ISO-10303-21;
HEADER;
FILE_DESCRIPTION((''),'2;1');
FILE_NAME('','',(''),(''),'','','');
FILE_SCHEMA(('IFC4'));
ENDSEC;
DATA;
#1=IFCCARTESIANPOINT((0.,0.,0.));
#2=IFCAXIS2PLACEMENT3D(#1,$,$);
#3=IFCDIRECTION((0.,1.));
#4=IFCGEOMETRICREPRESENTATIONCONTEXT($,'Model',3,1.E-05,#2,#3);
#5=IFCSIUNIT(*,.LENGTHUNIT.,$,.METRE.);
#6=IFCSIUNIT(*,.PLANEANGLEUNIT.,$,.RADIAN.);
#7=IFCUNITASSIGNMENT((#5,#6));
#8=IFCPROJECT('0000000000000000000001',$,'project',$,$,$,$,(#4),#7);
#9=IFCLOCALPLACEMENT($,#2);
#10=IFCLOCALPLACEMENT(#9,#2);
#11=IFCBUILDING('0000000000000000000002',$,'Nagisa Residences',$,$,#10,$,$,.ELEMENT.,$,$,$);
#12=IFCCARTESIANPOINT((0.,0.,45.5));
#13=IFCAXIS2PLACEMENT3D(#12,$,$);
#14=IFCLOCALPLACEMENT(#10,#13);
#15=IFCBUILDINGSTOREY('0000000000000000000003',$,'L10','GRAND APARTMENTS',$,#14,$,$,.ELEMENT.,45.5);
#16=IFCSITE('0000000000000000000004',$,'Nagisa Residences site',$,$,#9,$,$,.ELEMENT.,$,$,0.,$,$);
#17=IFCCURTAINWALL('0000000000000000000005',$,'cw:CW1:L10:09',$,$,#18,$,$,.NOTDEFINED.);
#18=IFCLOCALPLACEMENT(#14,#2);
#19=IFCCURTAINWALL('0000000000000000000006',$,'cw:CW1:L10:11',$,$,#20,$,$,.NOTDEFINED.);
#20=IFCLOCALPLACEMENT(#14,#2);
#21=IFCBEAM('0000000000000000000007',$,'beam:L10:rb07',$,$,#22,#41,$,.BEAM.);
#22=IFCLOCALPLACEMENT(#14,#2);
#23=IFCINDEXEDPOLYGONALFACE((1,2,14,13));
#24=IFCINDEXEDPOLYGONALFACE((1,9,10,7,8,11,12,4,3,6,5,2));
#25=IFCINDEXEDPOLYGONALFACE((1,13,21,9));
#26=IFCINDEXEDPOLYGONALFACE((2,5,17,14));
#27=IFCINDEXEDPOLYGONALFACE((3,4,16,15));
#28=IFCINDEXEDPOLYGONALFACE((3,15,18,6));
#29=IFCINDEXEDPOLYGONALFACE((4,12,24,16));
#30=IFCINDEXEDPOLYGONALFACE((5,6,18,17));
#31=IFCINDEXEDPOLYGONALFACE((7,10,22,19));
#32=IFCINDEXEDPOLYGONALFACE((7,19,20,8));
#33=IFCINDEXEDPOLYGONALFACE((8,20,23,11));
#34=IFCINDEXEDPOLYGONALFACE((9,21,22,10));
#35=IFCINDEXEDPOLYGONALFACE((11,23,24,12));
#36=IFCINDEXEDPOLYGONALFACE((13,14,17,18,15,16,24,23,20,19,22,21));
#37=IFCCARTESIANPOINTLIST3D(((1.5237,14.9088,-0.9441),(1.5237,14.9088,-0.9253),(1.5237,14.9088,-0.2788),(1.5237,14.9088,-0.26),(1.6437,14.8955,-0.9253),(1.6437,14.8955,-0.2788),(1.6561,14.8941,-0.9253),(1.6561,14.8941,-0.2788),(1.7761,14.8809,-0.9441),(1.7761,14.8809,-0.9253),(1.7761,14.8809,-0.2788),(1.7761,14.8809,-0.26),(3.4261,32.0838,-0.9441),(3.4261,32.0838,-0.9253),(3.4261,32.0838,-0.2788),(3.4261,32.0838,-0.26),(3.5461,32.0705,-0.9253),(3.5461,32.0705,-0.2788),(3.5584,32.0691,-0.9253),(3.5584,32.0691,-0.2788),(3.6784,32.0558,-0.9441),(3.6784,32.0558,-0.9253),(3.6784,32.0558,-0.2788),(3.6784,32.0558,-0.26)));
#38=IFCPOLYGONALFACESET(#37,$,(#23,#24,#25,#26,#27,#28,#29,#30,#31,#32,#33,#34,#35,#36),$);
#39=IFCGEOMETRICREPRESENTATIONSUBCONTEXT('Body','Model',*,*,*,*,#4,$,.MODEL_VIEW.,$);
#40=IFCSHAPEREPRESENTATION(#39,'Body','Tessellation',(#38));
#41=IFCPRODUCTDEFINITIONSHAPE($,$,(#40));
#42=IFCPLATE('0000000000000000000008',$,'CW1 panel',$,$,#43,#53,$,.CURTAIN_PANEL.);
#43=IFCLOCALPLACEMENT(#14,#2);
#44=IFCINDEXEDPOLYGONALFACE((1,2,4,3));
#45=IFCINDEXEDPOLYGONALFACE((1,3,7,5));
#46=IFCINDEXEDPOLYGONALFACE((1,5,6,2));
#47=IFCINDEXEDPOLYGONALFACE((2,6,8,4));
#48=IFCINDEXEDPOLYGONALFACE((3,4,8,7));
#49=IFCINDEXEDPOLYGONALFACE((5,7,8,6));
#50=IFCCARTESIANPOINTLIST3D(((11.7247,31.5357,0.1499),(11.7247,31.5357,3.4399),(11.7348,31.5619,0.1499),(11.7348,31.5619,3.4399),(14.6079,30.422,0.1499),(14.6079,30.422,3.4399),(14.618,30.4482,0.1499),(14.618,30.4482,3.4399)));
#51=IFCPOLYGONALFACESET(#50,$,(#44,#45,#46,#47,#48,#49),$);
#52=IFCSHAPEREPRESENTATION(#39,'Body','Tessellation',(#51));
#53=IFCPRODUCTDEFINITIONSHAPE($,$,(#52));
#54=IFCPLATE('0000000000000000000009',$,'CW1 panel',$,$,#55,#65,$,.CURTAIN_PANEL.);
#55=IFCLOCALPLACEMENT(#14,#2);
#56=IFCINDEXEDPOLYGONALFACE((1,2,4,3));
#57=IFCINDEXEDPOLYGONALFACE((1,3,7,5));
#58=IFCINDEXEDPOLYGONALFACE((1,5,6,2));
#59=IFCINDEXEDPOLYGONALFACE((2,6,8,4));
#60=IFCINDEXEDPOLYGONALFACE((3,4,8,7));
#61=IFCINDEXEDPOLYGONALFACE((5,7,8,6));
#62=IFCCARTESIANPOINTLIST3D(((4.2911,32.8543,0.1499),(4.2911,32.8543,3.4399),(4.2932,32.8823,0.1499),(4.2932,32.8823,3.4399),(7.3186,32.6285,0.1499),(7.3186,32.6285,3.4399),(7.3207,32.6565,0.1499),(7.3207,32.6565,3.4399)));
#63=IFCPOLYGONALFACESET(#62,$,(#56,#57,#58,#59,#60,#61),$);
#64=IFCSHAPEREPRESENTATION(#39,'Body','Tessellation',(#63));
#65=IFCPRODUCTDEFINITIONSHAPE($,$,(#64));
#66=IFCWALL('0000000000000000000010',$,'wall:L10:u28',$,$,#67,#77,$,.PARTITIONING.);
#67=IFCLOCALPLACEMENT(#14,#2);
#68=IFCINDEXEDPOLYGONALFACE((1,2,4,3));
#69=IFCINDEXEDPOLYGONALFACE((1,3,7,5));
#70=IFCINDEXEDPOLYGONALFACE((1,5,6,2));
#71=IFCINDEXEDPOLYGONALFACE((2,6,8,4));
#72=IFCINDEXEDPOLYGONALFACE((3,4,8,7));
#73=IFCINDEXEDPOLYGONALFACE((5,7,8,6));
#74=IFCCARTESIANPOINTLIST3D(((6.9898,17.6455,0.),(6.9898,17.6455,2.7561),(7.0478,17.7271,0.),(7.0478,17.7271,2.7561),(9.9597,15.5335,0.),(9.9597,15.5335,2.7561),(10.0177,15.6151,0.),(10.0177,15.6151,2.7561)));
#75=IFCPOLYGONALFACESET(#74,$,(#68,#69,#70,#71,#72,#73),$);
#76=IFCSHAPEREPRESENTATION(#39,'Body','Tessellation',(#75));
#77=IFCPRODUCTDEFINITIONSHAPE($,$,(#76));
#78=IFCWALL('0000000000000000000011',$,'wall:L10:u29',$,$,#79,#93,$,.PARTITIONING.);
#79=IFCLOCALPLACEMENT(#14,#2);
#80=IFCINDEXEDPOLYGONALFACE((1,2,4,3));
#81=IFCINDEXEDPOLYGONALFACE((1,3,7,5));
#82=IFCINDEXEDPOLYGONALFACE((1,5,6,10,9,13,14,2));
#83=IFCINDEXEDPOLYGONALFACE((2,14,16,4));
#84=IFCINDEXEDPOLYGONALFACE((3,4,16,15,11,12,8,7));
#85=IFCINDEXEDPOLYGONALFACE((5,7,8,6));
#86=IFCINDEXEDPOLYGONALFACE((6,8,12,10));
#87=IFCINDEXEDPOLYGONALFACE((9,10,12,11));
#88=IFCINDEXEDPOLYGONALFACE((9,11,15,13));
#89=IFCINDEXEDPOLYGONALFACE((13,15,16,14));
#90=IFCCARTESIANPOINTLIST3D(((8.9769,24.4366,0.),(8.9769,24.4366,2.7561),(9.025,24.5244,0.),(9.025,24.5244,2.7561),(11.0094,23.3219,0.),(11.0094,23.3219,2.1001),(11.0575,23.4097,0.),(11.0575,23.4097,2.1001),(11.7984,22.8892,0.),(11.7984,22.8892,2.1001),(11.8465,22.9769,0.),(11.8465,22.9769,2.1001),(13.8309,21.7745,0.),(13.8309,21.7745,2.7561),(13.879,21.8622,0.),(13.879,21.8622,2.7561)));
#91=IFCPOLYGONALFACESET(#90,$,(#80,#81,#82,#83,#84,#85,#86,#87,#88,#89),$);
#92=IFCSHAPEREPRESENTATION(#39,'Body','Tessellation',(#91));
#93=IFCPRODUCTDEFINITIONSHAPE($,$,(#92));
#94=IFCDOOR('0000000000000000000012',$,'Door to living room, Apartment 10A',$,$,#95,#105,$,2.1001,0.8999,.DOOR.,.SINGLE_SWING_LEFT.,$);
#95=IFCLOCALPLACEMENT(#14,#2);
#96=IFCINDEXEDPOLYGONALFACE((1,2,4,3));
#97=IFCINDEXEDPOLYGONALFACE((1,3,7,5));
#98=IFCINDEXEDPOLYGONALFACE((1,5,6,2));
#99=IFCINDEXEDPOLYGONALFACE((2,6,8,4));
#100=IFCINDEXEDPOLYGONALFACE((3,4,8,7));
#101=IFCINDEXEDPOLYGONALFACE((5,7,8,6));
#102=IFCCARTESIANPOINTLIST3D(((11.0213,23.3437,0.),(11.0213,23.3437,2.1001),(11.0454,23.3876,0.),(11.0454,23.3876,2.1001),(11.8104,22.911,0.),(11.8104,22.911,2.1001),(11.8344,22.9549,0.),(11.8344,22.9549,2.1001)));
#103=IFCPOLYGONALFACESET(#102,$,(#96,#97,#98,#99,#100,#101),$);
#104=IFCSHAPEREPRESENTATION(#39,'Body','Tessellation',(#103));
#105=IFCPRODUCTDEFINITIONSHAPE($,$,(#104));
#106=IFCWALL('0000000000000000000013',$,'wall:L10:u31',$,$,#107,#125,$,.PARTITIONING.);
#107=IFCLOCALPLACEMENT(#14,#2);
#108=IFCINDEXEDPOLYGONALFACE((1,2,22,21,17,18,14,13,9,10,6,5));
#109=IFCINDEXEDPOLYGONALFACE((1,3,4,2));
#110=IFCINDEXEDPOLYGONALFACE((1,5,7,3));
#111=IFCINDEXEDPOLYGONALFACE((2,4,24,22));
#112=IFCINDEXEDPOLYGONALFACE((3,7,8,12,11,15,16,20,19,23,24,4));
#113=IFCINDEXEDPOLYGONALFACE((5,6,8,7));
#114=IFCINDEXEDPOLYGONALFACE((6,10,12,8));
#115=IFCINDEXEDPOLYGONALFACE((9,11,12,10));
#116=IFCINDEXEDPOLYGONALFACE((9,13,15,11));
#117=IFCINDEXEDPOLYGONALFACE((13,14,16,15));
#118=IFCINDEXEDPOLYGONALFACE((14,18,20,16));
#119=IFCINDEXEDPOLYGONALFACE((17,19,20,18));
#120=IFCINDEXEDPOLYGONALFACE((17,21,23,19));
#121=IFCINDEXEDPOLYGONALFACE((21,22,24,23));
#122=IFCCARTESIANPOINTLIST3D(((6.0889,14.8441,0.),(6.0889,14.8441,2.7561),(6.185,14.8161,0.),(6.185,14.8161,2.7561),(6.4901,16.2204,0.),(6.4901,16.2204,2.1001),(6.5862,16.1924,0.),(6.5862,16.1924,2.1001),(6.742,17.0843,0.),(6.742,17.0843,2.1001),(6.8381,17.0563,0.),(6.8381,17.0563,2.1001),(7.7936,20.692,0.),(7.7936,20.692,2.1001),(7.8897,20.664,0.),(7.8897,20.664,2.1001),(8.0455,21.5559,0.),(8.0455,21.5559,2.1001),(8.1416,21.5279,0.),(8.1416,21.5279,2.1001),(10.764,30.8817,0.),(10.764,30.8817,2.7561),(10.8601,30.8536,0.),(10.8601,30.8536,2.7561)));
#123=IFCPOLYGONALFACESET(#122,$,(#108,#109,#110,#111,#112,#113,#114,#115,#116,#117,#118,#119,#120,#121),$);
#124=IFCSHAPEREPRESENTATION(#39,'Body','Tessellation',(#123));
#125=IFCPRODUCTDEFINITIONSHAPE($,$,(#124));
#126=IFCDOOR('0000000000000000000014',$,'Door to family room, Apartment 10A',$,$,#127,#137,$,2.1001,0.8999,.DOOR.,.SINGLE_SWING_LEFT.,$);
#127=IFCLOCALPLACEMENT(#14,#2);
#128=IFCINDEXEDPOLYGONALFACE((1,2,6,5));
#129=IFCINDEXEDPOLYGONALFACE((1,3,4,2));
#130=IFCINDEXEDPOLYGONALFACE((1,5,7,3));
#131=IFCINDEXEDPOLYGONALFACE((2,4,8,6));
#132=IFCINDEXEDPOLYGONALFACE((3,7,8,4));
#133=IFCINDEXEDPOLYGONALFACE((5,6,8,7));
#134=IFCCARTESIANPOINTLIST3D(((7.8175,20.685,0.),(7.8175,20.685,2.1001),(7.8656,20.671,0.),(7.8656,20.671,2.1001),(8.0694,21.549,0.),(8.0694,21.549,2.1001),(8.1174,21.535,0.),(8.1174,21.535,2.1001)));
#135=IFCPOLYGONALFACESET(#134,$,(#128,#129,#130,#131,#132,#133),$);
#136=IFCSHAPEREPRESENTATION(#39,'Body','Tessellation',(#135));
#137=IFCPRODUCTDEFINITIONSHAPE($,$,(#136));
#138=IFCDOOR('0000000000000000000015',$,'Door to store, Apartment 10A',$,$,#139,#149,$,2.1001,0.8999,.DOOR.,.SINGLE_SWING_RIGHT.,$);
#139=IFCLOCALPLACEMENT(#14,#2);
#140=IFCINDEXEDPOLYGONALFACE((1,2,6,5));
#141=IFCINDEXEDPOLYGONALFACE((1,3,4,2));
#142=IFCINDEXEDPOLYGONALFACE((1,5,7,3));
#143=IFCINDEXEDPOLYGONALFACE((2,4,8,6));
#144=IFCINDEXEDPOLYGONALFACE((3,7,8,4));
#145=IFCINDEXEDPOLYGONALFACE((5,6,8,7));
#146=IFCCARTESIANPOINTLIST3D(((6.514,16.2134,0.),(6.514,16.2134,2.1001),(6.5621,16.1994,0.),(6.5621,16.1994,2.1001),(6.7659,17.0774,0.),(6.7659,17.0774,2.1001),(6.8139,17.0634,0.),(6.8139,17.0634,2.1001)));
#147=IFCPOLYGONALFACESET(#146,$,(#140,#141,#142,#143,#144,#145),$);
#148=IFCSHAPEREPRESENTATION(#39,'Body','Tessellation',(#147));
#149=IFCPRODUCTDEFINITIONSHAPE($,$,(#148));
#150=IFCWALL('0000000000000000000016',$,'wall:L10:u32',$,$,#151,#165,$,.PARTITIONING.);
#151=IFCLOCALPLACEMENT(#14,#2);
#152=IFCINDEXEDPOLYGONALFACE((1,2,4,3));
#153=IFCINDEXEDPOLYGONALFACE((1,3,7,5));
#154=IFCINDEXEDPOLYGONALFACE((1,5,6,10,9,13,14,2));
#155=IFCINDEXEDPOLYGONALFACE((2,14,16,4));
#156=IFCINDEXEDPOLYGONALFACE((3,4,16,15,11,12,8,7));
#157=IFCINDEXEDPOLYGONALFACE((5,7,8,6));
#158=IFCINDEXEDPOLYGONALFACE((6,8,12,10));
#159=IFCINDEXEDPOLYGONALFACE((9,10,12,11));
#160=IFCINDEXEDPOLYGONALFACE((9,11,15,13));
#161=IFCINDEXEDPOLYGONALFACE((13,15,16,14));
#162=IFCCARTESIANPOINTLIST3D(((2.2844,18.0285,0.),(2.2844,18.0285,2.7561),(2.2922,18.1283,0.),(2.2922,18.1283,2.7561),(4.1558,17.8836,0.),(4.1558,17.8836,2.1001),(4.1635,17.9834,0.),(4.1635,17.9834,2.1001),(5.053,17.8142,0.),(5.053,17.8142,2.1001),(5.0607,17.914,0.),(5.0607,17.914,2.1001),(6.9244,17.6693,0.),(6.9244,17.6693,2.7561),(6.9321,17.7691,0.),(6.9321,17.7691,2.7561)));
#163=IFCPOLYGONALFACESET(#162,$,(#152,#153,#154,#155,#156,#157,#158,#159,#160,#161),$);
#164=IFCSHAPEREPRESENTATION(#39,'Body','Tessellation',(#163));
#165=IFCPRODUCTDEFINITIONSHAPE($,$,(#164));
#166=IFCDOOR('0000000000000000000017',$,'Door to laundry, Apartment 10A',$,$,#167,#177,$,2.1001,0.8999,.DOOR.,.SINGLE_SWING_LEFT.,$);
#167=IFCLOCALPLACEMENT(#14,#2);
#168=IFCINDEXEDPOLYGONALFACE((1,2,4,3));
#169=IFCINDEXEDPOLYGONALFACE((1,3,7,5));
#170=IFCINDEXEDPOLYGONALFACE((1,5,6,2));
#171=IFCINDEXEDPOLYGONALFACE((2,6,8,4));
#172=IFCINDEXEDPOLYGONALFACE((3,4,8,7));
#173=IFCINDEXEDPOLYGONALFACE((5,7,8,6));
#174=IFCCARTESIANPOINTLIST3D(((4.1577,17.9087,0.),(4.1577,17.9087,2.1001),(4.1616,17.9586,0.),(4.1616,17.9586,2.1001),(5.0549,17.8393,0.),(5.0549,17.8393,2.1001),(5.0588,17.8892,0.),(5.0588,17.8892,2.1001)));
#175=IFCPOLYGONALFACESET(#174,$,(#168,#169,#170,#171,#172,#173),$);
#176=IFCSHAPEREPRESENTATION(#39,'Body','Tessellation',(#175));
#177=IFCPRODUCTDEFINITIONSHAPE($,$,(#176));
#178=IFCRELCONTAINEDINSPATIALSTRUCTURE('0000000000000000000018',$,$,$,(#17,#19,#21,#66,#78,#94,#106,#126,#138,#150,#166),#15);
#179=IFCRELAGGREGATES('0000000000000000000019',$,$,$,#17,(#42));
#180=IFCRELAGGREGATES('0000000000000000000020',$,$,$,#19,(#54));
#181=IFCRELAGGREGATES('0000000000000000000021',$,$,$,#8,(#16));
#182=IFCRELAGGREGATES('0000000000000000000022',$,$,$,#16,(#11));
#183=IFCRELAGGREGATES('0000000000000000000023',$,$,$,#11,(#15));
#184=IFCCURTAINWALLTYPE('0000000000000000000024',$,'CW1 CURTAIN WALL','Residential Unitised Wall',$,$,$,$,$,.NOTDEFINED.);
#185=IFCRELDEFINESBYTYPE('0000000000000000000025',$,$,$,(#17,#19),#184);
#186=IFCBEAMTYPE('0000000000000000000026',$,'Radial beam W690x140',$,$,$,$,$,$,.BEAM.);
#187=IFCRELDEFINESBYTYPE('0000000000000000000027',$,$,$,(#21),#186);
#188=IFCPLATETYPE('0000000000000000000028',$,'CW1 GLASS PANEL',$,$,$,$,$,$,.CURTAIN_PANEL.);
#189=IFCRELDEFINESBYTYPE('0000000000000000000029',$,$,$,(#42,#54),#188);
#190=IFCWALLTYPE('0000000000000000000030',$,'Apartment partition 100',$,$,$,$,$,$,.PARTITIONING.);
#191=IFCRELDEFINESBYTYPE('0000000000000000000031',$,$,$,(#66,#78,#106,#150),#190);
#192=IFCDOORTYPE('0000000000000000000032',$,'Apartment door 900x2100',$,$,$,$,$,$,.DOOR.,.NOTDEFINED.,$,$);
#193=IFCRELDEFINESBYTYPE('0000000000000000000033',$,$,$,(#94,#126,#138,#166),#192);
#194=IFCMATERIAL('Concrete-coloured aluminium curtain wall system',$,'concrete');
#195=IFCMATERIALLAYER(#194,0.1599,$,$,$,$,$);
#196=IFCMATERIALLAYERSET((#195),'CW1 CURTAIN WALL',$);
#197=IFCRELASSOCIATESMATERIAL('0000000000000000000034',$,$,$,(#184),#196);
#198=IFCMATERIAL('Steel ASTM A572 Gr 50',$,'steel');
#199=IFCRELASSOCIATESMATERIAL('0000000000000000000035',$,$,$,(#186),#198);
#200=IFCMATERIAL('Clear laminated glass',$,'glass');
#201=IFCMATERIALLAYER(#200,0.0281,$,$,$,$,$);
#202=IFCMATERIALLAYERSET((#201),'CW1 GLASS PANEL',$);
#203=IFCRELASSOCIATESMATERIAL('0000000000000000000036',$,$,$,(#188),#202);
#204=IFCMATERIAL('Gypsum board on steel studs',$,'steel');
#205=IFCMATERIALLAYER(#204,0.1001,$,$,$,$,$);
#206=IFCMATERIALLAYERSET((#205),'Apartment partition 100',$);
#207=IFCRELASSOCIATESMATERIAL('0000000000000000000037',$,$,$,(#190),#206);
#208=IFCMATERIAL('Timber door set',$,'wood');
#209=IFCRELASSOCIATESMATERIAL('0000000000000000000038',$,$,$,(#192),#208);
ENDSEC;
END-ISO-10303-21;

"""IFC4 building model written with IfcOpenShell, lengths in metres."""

from ifc_helpers import new_model, si_unit, direction, frame, frame_2d, origin, origin_2d, place, context, subcontext, project, spatial, rectangle, i_section, extrude, material, layer, layer_set, material_profile, profile_set, type_object, element, fill, aggregate, save


model = new_model("IFC4")

# Units and contexts
model_context = context("Model", 3, precision=1e-05, world=origin(), true_north=direction((0.0, 1.0)))
body_context = subcontext(model_context, "Body", "Model", "MODEL_VIEW")
ifc_project = project(units=[si_unit("LENGTHUNIT", "METRE"), si_unit("PLANEANGLEUNIT", "RADIAN")], contexts=[model_context])

# Site, building, storey
site_placement = place(None, origin())
site = spatial("IfcSite", under=ifc_project, at=site_placement, Name="Nagisa Residences site", CompositionType="ELEMENT", RefElevation=0.0)
building_placement = place(site_placement, origin())
building = spatial("IfcBuilding", under=site, at=building_placement, Name="Nagisa Residences", CompositionType="ELEMENT")
storey_placement = place(building_placement, frame((0.0, 0.0, 45.5)))
storey = spatial("IfcBuildingStorey", under=building, at=storey_placement, Name="L10", Description="GRAND APARTMENTS", CompositionType="ELEMENT", Elevation=45.5)

# Curtain walls
ifc_material_1 = material(Name="Concrete-coloured aluminium curtain wall system", Category="concrete")
ifc_layer_1 = layer(ifc_material_1, 0.1599)
ifc_layer_set_1 = layer_set([ifc_layer_1], Name="CW1 CURTAIN WALL")
curtain_wall_type = type_object("IfcCurtainWallType", Name="CW1 CURTAIN WALL", Description="Residential Unitised Wall", PredefinedType="NOTDEFINED", material=ifc_layer_set_1)
curtain_wall_1_placement = place(storey_placement, origin())
curtain_wall_1 = element("IfcCurtainWall", 1, at=curtain_wall_1_placement, inside=storey, type_object=curtain_wall_type, Name="cw:CW1:L10:09", PredefinedType="NOTDEFINED")
curtain_wall_2_placement = place(storey_placement, origin())
curtain_wall_2 = element("IfcCurtainWall", 2, at=curtain_wall_2_placement, inside=storey, type_object=curtain_wall_type, Name="cw:CW1:L10:11", PredefinedType="NOTDEFINED")

# Beam
ifc_material_2 = material(Name="Steel ASTM A572 Gr 50", Category="steel")
ifc_material_profile_1 = material_profile(ifc_material_2, i_section(OverallWidth=0.2539, OverallDepth=0.6841, WebThickness=0.0125, FlangeThickness=0.0188, at=origin_2d()), Name="W690x140")
ifc_profile_set_1 = profile_set([ifc_material_profile_1], Name="Steel ASTM A572 Gr 50")
beam_type_1 = type_object("IfcBeamType", Name="Radial beam W690x140", PredefinedType="BEAM", material=ifc_profile_set_1)
beam_1_placement = place(storey_placement, frame((3.5522, 32.0698, -0.6021), z_axis=(-0.110089, -0.993922, 0.0), x_axis=(0.993922, -0.110089, 0.0)))
element("IfcBeam", 3, at=beam_1_placement, inside=storey, type_object=beam_type_1, Name="beam:L10:rb07", PredefinedType="BEAM", context=body_context, shape_type="SweptSolid", body=[
    extrude(i_section(OverallWidth=0.2539, OverallDepth=0.6841, WebThickness=0.0125, FlangeThickness=0.0188, at=origin_2d()), origin(), (0.0, 0.0, 1.0), 17.28),
])

# Plates
ifc_material_3 = material(Name="Clear laminated glass", Category="glass")
ifc_layer_2 = layer(ifc_material_3, 0.0281)
ifc_layer_set_2 = layer_set([ifc_layer_2], Name="CW1 GLASS PANEL")
plate_type = type_object("IfcPlateType", Name="CW1 GLASS PANEL", PredefinedType="CURTAIN_PANEL", material=ifc_layer_set_2)
plate_1_placement = place(storey_placement, frame((13.1714, 30.9919, 0.1499), z_axis=(0.0, 0.0, 1.0), x_axis=(-0.932826, 0.360328, 0.0)))
plate_1 = element("IfcPlate", 4, at=plate_1_placement, type_object=plate_type, Name="CW1 panel", PredefinedType="CURTAIN_PANEL", context=body_context, shape_type="SweptSolid", body=[
    extrude(rectangle(XDim=3.0908, YDim=0.0281, at=origin_2d()), origin(), (0.0, 0.0, 1.0), 3.29),
])
aggregate(curtain_wall_1, [plate_1])
plate_2_placement = place(storey_placement, frame((5.8059, 32.7554, 0.1499), z_axis=(0.0, 0.0, 1.0), x_axis=(-0.99723, 0.074377, 0.0)))
plate_2 = element("IfcPlate", 5, at=plate_2_placement, type_object=plate_type, Name="CW1 panel", PredefinedType="CURTAIN_PANEL", context=body_context, shape_type="SweptSolid", body=[
    extrude(rectangle(XDim=3.0359, YDim=0.0281, at=origin_2d()), origin(), (0.0, 0.0, 1.0), 3.29),
])
aggregate(curtain_wall_2, [plate_2])

# Wall
ifc_material_4 = material(Name="Gypsum board on steel studs", Category="steel")
ifc_layer_3 = layer(ifc_material_4, 0.1001)
ifc_layer_set_3 = layer_set([ifc_layer_3], Name="Apartment partition 100")
wall_type_1 = type_object("IfcWallType", Name="Apartment partition 100", PredefinedType="PARTITIONING", material=ifc_layer_set_3)
wall_1_placement = place(storey_placement, frame((9.9888, 15.5742, 0.0), z_axis=(0.0, 0.0, 1.0), x_axis=(-0.814945, 0.579539, 0.0)))
element("IfcWall", 6, at=wall_1_placement, inside=storey, type_object=wall_type_1, Name="wall:L10:u28", PredefinedType="PARTITIONING", context=body_context, shape_type="SweptSolid", body=[
    extrude(rectangle(XDim=3.6443, YDim=0.1001, at=frame_2d((1.8223, 0.0))), origin(), (0.0, 0.0, 1.0), 2.7561),
])

# Wall, opening, door
wall_2_placement = place(storey_placement, frame((13.855, 21.8184, 0.0), z_axis=(0.0, 0.0, 1.0), x_axis=(-0.876794, 0.480865, 0.0)))
wall_2 = element("IfcWall", 7, at=wall_2_placement, inside=storey, type_object=wall_type_1, Name="wall:L10:u29", PredefinedType="PARTITIONING", context=body_context, shape_type="SweptSolid", body=[
    extrude(rectangle(XDim=5.5361, YDim=0.1001, at=frame_2d((2.7681, 0.0))), origin(), (0.0, 0.0, 1.0), 2.7561),
])
opening_1_placement = place(wall_2_placement, frame((2.3181, 0.0, 0.0)))
opening_1 = element("IfcOpeningElement", 8, at=opening_1_placement, cuts=wall_2, PredefinedType="OPENING", context=body_context, shape_type="SweptSolid", body=[
    extrude(rectangle(XDim=0.8999, YDim=2.1001, at=frame_2d((0.45, 1.05))), frame((0.0, 0.0601, 0.0), z_axis=(0.0, -1.0, 0.0), x_axis=(1.0, 0.0, 0.0)), (0.0, 0.0, 1.0), 0.1201),
])
ifc_material_5 = material(Name="Timber door set", Category="wood")
door_type_1 = type_object("IfcDoorType", Name="Apartment door 900x2100", OperationType="NOTDEFINED", PredefinedType="DOOR", material=ifc_material_5)
door_1_placement = place(opening_1_placement, frame((0.8999, 0.0, 0.0), x_axis=(-1.0, 0.0, 0.0)))
door_1 = element("IfcDoor", 9, at=door_1_placement, inside=storey, type_object=door_type_1, Name="Door to living room, Apartment 10A", OperationType="SINGLE_SWING_LEFT", OverallHeight=2.1001, OverallWidth=0.8999, PredefinedType="DOOR", context=body_context, shape_type="SweptSolid", body=[
    extrude(rectangle(XDim=0.8999, YDim=2.1001, at=frame_2d((0.45, 1.05))), frame((0.0, 0.0249, 0.0), z_axis=(0.0, -1.0, 0.0), x_axis=(1.0, 0.0, 0.0)), (0.0, 0.0, 1.0), 0.05),
])
fill(opening_1, door_1)

# Wall, openings, doors
wall_3_placement = place(storey_placement, frame((6.137, 14.8301, 0.0), z_axis=(0.0, 0.0, 1.0), x_axis=(0.279857, 0.960042, 0.0)))
wall_3 = element("IfcWall", 10, at=wall_3_placement, inside=storey, type_object=wall_type_1, Name="wall:L10:u31", PredefinedType="PARTITIONING", context=body_context, shape_type="SweptSolid", body=[
    extrude(rectangle(XDim=16.7051, YDim=0.1001, at=frame_2d((8.3525, 0.0))), origin(), (0.0, 0.0, 1.0), 2.7561),
])
opening_2_placement = place(wall_3_placement, frame((6.0913, 0.0, 0.0)))
opening_2 = element("IfcOpeningElement", 11, at=opening_2_placement, cuts=wall_3, PredefinedType="OPENING", context=body_context, shape_type="SweptSolid", body=[
    extrude(rectangle(XDim=0.8999, YDim=2.1001, at=frame_2d((0.45, 1.05))), frame((0.0, 0.0601, 0.0), z_axis=(0.0, -1.0, 0.0), x_axis=(1.0, 0.0, 0.0)), (0.0, 0.0, 1.0), 0.1201),
])
opening_3_placement = place(wall_3_placement, frame((1.4336, 0.0, 0.0)))
opening_3 = element("IfcOpeningElement", 12, at=opening_3_placement, cuts=wall_3, PredefinedType="OPENING", context=body_context, shape_type="SweptSolid", body=[
    extrude(rectangle(XDim=0.8999, YDim=2.1001, at=frame_2d((0.45, 1.05))), frame((0.0, 0.0601, 0.0), z_axis=(0.0, -1.0, 0.0), x_axis=(1.0, 0.0, 0.0)), (0.0, 0.0, 1.0), 0.1201),
])
door_2_placement = place(opening_2_placement, frame((0.8999, 0.0, 0.0), x_axis=(-1.0, 0.0, 0.0)))
door_2 = element("IfcDoor", 13, at=door_2_placement, inside=storey, type_object=door_type_1, Name="Door to family room, Apartment 10A", OperationType="SINGLE_SWING_LEFT", OverallHeight=2.1001, OverallWidth=0.8999, PredefinedType="DOOR", context=body_context, shape_type="SweptSolid", body=[
    extrude(rectangle(XDim=0.8999, YDim=2.1001, at=frame_2d((0.45, 1.05))), frame((0.0, 0.0249, 0.0), z_axis=(0.0, -1.0, 0.0), x_axis=(1.0, 0.0, 0.0)), (0.0, 0.0, 1.0), 0.05),
])
fill(opening_2, door_2)
door_3_placement = place(opening_3_placement, frame((0.8999, 0.0, 0.0), x_axis=(-1.0, 0.0, 0.0)))
door_3 = element("IfcDoor", 14, at=door_3_placement, inside=storey, type_object=door_type_1, Name="Door to store, Apartment 10A", OperationType="SINGLE_SWING_RIGHT", OverallHeight=2.1001, OverallWidth=0.8999, PredefinedType="DOOR", context=body_context, shape_type="SweptSolid", body=[
    extrude(rectangle(XDim=0.8999, YDim=2.1001, at=frame_2d((0.45, 1.05))), frame((0.0, 0.0249, 0.0), z_axis=(0.0, -1.0, 0.0), x_axis=(1.0, 0.0, 0.0)), (0.0, 0.0, 1.0), 0.05),
])
fill(opening_3, door_3)

# Wall, opening, door
wall_4_placement = place(storey_placement, frame((6.9282, 17.7192, 0.0), z_axis=(0.0, 0.0, 1.0), x_axis=(-0.997018, 0.07717, 0.0)))
wall_4 = element("IfcWall", 15, at=wall_4_placement, inside=storey, type_object=wall_type_1, Name="wall:L10:u32", PredefinedType="PARTITIONING", context=body_context, shape_type="SweptSolid", body=[
    extrude(rectangle(XDim=4.6538, YDim=0.1001, at=frame_2d((2.3269, 0.0))), origin(), (0.0, 0.0, 1.0), 2.7561),
])
opening_4_placement = place(wall_4_placement, frame((1.877, 0.0, 0.0)))
opening_4 = element("IfcOpeningElement", 16, at=opening_4_placement, cuts=wall_4, PredefinedType="OPENING", context=body_context, shape_type="SweptSolid", body=[
    extrude(rectangle(XDim=0.8999, YDim=2.1001, at=frame_2d((0.45, 1.05))), frame((0.0, 0.0601, 0.0), z_axis=(0.0, -1.0, 0.0), x_axis=(1.0, 0.0, 0.0)), (0.0, 0.0, 1.0), 0.1201),
])
door_4_placement = place(opening_4_placement, origin())
door_4 = element("IfcDoor", 17, at=door_4_placement, inside=storey, type_object=door_type_1, Name="Door to laundry, Apartment 10A", OperationType="SINGLE_SWING_LEFT", OverallHeight=2.1001, OverallWidth=0.8999, PredefinedType="DOOR", context=body_context, shape_type="SweptSolid", body=[
    extrude(rectangle(XDim=0.8999, YDim=2.1001, at=frame_2d((0.45, 1.05))), frame((0.0, 0.0249, 0.0), z_axis=(0.0, -1.0, 0.0), x_axis=(1.0, 0.0, 0.0)), (0.0, 0.0, 1.0), 0.05),
])
fill(opening_4, door_4)

save(model, "model.ifc")
